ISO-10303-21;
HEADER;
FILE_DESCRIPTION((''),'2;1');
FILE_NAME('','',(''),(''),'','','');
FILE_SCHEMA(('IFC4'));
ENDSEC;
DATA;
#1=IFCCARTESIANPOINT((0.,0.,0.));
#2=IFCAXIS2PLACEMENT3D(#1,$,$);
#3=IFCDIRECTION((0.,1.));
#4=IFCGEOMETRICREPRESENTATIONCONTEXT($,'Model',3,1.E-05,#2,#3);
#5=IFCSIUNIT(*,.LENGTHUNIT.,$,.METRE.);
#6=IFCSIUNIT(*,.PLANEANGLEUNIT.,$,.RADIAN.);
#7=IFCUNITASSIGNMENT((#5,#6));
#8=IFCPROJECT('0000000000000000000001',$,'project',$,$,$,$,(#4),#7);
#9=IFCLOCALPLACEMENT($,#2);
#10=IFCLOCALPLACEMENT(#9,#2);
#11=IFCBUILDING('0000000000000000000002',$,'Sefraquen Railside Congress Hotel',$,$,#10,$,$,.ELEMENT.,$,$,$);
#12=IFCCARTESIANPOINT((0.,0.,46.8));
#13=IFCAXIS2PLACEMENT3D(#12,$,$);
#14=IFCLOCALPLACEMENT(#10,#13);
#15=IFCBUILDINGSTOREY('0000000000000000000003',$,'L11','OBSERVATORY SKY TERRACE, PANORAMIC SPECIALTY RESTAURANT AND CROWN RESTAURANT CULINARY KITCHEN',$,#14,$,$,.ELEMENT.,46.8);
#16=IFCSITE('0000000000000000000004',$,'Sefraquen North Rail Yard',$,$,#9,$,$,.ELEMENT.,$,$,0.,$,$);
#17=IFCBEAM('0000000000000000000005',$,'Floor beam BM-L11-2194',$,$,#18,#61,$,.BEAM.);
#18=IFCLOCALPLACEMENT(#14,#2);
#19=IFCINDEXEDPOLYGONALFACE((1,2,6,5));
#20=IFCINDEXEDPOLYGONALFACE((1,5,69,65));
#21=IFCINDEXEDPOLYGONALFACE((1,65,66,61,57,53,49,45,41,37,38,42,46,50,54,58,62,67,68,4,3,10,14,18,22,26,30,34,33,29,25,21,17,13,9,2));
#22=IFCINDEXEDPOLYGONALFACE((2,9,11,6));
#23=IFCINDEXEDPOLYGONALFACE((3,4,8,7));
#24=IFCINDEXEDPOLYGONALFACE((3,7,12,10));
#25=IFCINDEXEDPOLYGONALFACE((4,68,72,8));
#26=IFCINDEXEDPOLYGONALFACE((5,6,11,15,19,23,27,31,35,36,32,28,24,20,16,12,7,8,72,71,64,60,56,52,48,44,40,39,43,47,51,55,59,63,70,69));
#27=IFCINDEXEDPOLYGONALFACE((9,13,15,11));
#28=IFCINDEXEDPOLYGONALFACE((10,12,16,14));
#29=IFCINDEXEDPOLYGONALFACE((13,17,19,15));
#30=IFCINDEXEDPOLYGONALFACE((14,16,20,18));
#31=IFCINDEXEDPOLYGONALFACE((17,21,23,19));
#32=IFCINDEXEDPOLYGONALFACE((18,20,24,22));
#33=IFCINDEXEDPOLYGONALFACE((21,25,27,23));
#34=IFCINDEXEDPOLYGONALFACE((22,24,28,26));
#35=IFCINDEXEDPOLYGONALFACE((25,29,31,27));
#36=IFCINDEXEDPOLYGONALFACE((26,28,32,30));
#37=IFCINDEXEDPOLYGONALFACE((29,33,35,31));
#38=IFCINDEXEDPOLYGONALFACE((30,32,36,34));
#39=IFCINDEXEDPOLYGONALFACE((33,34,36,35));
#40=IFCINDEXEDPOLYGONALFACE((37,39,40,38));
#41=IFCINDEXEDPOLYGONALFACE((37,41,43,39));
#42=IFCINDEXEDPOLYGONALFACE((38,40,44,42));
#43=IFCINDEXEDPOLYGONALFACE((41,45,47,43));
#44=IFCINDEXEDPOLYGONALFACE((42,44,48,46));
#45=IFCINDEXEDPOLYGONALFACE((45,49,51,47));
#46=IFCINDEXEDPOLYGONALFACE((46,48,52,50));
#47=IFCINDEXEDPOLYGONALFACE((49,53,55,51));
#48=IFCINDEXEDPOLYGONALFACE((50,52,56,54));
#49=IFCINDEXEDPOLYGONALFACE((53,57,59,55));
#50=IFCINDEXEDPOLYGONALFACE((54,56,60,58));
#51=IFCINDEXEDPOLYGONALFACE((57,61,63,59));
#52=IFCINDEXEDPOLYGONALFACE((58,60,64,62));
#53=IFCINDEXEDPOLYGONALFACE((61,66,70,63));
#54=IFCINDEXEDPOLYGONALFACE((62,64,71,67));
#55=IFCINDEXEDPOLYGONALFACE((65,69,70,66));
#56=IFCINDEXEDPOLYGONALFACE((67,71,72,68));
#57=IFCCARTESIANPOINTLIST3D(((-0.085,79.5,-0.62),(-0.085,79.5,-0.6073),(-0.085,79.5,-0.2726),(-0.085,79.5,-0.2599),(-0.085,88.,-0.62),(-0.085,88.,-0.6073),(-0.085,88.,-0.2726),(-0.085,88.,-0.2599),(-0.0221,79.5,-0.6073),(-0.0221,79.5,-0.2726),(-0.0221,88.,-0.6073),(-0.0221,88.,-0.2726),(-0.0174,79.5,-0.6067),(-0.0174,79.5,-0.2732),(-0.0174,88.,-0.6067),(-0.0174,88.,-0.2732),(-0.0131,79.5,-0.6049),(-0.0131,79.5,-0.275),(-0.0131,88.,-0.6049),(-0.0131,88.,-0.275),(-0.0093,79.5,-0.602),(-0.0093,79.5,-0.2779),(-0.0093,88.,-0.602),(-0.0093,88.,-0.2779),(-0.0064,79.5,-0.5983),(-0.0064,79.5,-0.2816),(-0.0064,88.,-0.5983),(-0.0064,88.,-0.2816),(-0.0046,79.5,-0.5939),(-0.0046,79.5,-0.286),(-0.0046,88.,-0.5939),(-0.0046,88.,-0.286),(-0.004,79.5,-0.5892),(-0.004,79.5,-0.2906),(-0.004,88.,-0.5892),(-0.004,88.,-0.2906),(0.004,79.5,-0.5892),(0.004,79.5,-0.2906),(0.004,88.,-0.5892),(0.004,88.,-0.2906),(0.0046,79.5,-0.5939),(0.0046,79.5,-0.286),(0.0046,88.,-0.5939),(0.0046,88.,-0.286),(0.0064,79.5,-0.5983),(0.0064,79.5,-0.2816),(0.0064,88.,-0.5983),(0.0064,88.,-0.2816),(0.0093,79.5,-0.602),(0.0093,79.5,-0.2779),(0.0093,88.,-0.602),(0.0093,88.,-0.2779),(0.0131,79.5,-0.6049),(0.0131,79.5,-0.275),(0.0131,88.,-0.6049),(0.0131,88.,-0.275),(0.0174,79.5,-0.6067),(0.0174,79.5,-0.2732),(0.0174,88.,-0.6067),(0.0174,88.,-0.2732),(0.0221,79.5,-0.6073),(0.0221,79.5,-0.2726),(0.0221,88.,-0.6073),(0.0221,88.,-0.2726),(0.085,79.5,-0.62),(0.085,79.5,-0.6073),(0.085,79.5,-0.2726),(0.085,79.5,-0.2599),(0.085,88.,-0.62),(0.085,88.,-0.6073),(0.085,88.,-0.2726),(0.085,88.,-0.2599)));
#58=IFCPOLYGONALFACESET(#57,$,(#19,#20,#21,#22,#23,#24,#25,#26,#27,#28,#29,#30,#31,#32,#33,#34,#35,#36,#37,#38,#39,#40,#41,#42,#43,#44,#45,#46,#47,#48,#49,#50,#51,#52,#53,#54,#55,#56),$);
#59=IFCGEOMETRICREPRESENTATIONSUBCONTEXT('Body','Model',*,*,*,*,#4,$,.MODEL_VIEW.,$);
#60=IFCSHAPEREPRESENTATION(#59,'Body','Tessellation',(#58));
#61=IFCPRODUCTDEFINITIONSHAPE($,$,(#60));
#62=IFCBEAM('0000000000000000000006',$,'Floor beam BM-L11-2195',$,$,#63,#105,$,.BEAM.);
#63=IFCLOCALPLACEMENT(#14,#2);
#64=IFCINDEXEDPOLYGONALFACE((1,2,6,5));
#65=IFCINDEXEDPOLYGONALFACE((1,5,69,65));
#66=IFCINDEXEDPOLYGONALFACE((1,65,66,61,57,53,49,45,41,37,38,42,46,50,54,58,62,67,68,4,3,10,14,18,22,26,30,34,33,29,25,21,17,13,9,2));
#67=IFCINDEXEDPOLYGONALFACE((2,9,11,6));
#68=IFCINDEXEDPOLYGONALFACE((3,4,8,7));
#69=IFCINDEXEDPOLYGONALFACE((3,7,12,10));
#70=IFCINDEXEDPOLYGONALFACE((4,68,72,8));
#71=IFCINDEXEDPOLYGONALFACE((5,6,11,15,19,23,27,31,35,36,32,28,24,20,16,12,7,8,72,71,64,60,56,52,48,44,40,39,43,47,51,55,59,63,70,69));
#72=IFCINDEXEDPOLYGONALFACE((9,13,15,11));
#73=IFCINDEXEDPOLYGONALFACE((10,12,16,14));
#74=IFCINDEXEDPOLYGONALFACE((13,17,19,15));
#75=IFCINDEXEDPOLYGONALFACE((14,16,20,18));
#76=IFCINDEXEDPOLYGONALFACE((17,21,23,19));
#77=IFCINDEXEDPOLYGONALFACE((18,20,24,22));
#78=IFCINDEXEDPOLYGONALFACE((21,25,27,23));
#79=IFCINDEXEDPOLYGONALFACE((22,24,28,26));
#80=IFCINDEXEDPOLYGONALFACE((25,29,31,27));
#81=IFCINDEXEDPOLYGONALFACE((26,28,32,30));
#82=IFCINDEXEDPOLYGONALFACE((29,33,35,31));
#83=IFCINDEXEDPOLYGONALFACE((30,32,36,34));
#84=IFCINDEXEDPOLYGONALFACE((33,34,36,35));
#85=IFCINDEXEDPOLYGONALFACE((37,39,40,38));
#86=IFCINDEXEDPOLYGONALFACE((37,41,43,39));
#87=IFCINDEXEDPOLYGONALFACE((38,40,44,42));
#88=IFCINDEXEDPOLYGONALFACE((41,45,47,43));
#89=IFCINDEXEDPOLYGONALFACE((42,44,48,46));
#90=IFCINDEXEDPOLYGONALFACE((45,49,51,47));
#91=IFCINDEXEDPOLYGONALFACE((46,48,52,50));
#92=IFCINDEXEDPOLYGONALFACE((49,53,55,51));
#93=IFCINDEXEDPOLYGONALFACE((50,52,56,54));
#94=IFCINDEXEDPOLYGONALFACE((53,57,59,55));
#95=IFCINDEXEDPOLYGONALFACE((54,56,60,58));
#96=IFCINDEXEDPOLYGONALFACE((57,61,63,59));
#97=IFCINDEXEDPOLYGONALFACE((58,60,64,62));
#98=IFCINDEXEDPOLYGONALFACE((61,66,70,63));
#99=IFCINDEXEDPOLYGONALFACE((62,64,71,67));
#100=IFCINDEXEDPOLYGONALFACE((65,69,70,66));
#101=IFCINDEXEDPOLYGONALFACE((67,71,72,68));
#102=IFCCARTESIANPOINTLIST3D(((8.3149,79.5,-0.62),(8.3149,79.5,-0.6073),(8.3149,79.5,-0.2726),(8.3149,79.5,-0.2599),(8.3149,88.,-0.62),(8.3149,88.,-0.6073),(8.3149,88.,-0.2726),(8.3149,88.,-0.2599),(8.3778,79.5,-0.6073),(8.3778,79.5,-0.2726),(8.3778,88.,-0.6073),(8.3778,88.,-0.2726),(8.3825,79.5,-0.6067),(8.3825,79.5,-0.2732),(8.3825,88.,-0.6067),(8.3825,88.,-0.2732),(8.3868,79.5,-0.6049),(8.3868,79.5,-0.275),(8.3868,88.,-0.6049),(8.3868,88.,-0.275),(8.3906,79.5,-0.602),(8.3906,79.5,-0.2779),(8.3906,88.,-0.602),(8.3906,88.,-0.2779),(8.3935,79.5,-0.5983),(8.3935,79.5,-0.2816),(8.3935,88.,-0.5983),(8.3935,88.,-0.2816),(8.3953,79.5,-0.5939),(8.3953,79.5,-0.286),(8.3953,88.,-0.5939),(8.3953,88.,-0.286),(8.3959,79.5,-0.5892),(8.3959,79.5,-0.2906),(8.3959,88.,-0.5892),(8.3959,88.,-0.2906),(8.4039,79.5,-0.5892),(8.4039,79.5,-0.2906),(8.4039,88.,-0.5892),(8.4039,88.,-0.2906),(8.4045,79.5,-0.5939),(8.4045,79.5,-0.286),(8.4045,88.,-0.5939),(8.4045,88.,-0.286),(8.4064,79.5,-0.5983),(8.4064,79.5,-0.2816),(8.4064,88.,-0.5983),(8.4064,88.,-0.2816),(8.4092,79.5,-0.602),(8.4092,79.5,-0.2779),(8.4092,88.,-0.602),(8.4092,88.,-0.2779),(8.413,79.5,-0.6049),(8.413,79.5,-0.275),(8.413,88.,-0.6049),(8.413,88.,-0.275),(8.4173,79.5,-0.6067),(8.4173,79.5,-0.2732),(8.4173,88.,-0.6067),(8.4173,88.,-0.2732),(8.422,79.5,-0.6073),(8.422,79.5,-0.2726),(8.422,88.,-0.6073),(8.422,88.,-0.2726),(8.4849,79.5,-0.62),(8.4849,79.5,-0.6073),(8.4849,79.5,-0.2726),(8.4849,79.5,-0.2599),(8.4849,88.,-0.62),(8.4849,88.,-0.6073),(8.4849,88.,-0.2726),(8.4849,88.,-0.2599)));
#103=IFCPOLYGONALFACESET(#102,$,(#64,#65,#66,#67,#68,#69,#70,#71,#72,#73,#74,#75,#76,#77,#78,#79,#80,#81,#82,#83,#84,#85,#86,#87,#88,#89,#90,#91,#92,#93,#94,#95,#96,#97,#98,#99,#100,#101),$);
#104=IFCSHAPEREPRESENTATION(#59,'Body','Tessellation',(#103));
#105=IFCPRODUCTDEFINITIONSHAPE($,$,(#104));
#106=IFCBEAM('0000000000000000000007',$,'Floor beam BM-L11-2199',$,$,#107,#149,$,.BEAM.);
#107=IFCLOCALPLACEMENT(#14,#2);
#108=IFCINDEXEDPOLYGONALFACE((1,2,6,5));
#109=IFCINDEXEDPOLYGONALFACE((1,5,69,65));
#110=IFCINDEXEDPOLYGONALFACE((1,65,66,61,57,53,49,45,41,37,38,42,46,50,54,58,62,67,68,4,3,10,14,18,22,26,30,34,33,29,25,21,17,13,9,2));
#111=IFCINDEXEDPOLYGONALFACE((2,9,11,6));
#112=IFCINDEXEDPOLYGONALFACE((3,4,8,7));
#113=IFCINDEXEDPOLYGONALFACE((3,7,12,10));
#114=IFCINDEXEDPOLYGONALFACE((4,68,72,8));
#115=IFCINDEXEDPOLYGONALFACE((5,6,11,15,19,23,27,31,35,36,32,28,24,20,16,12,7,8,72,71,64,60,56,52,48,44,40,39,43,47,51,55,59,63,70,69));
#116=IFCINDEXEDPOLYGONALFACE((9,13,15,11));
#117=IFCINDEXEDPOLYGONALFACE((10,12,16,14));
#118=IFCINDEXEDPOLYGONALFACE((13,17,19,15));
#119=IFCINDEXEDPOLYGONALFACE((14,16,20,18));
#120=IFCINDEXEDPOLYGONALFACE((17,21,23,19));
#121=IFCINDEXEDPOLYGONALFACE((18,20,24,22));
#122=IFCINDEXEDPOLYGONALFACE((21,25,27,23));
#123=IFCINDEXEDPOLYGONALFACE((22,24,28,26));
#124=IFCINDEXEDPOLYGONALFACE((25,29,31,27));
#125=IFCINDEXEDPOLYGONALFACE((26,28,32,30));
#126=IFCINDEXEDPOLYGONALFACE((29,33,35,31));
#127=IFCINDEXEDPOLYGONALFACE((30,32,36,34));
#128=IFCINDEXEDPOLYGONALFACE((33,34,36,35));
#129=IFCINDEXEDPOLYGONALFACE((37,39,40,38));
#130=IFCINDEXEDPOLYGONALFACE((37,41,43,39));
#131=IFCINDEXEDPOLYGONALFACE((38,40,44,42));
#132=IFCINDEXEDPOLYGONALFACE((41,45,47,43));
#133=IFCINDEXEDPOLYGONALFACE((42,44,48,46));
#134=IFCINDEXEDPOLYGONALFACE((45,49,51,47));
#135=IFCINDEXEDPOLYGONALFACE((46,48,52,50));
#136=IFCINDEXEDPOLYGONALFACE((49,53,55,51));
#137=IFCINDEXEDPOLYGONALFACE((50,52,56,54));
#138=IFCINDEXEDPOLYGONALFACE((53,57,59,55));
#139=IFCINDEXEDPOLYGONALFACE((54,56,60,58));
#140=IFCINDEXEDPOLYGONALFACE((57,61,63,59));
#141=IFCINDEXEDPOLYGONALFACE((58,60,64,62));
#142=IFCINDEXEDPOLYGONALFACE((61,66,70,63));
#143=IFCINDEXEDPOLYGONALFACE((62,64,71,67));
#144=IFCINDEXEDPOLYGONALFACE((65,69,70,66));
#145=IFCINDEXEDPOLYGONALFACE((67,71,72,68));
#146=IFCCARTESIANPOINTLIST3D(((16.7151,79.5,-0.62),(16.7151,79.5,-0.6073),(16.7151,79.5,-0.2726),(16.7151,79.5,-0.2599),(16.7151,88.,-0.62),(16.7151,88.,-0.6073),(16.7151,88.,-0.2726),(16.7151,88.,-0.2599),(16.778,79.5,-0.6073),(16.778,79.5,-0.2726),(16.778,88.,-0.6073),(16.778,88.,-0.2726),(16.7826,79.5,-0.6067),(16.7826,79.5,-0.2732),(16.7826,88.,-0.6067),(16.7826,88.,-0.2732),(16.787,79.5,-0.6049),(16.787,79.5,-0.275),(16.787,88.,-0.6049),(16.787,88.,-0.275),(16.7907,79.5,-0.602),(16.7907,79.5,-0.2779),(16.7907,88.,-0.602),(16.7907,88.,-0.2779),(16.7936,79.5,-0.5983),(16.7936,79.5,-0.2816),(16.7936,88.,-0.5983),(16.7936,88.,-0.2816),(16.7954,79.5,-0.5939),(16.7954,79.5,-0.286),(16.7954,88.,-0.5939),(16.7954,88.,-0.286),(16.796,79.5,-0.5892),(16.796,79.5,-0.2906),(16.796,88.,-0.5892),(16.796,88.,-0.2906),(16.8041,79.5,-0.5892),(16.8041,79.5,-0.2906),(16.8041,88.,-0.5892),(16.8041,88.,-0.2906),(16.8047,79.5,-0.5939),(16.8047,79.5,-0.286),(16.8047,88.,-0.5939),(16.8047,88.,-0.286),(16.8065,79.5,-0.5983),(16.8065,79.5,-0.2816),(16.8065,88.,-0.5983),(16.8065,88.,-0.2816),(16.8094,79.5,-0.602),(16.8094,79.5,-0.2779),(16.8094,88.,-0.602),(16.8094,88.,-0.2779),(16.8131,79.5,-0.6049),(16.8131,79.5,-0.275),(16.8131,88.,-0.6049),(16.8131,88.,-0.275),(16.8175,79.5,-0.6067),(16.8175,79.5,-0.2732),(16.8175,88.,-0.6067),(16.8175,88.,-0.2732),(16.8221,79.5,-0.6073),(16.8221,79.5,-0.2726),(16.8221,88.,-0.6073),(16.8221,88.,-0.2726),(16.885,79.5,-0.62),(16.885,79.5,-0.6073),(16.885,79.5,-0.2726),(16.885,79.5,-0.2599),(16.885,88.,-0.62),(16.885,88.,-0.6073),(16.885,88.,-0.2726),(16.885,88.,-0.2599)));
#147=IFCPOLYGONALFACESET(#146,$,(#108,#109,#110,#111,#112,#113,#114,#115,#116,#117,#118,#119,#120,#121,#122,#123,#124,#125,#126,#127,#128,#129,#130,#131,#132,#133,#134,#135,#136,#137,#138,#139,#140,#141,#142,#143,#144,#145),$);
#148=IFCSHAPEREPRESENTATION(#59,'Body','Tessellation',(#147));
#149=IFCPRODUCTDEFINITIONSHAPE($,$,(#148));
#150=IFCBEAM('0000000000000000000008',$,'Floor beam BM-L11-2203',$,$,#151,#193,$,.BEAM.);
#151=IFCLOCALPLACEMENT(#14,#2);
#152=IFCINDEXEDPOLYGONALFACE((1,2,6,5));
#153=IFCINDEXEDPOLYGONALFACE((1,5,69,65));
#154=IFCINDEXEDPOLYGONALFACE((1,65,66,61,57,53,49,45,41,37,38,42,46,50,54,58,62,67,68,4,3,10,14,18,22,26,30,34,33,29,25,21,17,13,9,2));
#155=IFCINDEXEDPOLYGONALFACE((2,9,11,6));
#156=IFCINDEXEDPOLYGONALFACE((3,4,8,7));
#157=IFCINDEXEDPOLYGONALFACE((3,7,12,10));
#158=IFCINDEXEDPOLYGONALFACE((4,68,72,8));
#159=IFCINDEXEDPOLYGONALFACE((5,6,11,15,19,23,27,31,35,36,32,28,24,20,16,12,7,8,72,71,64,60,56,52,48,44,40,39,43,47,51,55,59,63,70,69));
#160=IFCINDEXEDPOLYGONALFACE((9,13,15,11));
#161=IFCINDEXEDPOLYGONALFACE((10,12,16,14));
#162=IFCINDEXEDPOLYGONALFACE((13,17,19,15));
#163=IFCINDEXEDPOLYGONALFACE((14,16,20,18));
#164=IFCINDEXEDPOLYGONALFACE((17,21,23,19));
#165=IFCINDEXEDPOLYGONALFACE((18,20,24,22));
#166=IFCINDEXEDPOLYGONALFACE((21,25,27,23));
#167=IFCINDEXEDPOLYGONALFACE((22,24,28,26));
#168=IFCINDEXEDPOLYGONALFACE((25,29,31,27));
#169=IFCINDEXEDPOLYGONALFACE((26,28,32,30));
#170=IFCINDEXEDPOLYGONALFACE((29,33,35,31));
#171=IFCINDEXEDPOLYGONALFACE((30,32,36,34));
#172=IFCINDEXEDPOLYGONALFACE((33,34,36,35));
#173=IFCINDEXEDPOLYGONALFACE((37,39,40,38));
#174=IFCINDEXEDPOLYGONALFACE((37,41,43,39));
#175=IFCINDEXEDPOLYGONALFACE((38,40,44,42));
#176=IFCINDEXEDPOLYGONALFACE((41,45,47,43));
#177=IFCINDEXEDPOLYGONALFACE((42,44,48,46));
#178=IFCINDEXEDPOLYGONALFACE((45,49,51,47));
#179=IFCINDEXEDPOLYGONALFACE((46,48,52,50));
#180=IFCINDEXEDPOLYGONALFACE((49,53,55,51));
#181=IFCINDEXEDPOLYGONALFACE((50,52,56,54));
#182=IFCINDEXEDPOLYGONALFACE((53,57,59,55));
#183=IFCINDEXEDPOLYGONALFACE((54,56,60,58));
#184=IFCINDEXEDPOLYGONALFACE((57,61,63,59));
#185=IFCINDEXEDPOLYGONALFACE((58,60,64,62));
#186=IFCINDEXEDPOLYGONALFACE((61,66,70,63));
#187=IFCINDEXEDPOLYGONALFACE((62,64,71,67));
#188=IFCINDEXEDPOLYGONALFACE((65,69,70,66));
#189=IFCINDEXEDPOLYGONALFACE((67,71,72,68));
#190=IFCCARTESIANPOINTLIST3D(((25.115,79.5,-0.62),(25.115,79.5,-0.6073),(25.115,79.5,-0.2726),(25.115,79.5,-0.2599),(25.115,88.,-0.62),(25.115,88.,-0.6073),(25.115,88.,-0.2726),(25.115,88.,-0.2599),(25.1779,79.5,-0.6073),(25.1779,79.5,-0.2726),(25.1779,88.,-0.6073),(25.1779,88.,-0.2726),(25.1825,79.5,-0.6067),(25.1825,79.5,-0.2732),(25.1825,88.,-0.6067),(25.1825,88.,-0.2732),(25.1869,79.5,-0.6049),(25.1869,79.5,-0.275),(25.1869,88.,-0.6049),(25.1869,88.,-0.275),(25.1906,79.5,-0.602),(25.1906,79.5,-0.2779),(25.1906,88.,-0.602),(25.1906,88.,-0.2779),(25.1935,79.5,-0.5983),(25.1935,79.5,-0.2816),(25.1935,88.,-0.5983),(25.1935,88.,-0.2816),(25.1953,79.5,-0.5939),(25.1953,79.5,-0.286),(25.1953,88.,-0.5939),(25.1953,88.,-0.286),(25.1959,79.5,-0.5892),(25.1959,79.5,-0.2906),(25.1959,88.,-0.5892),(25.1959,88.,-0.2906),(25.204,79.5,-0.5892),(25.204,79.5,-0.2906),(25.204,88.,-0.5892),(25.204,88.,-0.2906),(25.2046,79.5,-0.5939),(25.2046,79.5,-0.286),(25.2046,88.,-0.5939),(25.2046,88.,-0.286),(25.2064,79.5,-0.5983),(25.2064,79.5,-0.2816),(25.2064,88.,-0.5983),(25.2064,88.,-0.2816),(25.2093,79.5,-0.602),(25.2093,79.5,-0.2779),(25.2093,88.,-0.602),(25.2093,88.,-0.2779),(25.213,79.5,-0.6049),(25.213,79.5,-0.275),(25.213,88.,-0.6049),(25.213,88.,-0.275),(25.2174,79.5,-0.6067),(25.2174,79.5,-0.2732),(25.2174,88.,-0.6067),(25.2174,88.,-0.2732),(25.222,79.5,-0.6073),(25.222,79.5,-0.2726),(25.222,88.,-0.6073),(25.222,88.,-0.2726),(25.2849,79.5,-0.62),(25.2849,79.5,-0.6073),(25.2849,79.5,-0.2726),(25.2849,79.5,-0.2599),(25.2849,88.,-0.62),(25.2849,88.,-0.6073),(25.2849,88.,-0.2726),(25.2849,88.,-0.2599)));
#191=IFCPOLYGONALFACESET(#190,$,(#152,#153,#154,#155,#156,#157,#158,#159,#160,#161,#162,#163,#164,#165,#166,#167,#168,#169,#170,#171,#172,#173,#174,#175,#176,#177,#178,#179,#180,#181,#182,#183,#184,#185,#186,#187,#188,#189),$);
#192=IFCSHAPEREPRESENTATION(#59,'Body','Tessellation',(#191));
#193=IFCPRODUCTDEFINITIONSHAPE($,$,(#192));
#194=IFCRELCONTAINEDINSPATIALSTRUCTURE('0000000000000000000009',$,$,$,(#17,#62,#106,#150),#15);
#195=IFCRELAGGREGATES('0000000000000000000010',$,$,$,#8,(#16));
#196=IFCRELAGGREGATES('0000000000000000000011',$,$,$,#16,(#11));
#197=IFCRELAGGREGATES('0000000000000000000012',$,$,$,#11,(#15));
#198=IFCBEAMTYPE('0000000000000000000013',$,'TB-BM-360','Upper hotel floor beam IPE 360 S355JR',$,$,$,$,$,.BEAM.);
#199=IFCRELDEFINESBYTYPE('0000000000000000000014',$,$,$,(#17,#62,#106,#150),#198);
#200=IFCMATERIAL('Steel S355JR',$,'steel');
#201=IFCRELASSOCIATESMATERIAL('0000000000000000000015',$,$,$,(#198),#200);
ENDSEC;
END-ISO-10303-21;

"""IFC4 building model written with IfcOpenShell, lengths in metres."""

from ifc_helpers import new_model, si_unit, direction, frame, origin, origin_2d, place, context, subcontext, project, spatial, i_section, extrude, material, material_profile, profile_set, type_object, element, save


model = new_model("IFC4")

# Units and contexts
model_context = context("Model", 3, precision=1e-05, world=origin(), true_north=direction((0.0, 1.0)))
body_context = subcontext(model_context, "Body", "Model", "MODEL_VIEW")
ifc_project = project(units=[si_unit("LENGTHUNIT", "METRE"), si_unit("PLANEANGLEUNIT", "RADIAN")], contexts=[model_context])

# Site, building, storey
site_placement = place(None, origin())
site = spatial("IfcSite", under=ifc_project, at=site_placement, Name="Sefraquen North Rail Yard", CompositionType="ELEMENT", RefElevation=0.0)
building_placement = place(site_placement, origin())
building = spatial("IfcBuilding", under=site, at=building_placement, Name="Sefraquen Railside Congress Hotel", CompositionType="ELEMENT")
storey_placement = place(building_placement, frame((0.0, 0.0, 46.8)))
storey = spatial("IfcBuildingStorey", under=building, at=storey_placement, Name="L11", Description="OBSERVATORY SKY TERRACE, PANORAMIC SPECIALTY RESTAURANT AND CROWN RESTAURANT CULINARY KITCHEN", CompositionType="ELEMENT", Elevation=46.8)

# Shared definitions
ifc_material_1 = material(Name="Steel S355JR", Category="steel")

# Beams
ifc_material_profile_1 = material_profile(ifc_material_1, i_section(OverallWidth=0.1699, OverallDepth=0.3601, WebThickness=0.0081, FlangeThickness=0.0127, FilletRadius=0.0181, at=origin_2d()), Name="IPE 360")
ifc_profile_set_1 = profile_set([ifc_material_profile_1], Name="Steel S355JR")
beam_type_1 = type_object("IfcBeamType", Name="TB-BM-360", Description="Upper hotel floor beam IPE 360 S355JR", PredefinedType="BEAM", material=ifc_profile_set_1)
for number, where, z_axis, x_axis, name in (
    (1, (0.0, 79.5, -0.4399), (0.0, 1.0, 0.0), (-1.0, 0.0, 0.0), "Floor beam BM-L11-2194"),
    (2, (8.3999, 79.5, -0.4399), (0.0, 1.0, 0.0), (-1.0, 0.0, 0.0), "Floor beam BM-L11-2195"),
    (3, (16.8, 79.5, -0.4399), (0.0, 1.0, 0.0), (-1.0, 0.0, 0.0), "Floor beam BM-L11-2199"),
    (4, (25.2, 79.5, -0.4399), (0.0, 1.0, 0.0), (-1.0, 0.0, 0.0), "Floor beam BM-L11-2203"),
):
    element("IfcBeam", number, at=place(storey_placement, frame(where, z_axis=z_axis, x_axis=x_axis)), inside=storey, type_object=beam_type_1, Name=name, PredefinedType="BEAM", context=body_context, shape_type="SweptSolid", body=[
        extrude(i_section(OverallWidth=0.1699, OverallDepth=0.3601, WebThickness=0.0081, FlangeThickness=0.0127, FilletRadius=0.0181, at=origin_2d()), origin(), (0.0, 0.0, 1.0), 8.5),
    ])

save(model, "model.ifc")
